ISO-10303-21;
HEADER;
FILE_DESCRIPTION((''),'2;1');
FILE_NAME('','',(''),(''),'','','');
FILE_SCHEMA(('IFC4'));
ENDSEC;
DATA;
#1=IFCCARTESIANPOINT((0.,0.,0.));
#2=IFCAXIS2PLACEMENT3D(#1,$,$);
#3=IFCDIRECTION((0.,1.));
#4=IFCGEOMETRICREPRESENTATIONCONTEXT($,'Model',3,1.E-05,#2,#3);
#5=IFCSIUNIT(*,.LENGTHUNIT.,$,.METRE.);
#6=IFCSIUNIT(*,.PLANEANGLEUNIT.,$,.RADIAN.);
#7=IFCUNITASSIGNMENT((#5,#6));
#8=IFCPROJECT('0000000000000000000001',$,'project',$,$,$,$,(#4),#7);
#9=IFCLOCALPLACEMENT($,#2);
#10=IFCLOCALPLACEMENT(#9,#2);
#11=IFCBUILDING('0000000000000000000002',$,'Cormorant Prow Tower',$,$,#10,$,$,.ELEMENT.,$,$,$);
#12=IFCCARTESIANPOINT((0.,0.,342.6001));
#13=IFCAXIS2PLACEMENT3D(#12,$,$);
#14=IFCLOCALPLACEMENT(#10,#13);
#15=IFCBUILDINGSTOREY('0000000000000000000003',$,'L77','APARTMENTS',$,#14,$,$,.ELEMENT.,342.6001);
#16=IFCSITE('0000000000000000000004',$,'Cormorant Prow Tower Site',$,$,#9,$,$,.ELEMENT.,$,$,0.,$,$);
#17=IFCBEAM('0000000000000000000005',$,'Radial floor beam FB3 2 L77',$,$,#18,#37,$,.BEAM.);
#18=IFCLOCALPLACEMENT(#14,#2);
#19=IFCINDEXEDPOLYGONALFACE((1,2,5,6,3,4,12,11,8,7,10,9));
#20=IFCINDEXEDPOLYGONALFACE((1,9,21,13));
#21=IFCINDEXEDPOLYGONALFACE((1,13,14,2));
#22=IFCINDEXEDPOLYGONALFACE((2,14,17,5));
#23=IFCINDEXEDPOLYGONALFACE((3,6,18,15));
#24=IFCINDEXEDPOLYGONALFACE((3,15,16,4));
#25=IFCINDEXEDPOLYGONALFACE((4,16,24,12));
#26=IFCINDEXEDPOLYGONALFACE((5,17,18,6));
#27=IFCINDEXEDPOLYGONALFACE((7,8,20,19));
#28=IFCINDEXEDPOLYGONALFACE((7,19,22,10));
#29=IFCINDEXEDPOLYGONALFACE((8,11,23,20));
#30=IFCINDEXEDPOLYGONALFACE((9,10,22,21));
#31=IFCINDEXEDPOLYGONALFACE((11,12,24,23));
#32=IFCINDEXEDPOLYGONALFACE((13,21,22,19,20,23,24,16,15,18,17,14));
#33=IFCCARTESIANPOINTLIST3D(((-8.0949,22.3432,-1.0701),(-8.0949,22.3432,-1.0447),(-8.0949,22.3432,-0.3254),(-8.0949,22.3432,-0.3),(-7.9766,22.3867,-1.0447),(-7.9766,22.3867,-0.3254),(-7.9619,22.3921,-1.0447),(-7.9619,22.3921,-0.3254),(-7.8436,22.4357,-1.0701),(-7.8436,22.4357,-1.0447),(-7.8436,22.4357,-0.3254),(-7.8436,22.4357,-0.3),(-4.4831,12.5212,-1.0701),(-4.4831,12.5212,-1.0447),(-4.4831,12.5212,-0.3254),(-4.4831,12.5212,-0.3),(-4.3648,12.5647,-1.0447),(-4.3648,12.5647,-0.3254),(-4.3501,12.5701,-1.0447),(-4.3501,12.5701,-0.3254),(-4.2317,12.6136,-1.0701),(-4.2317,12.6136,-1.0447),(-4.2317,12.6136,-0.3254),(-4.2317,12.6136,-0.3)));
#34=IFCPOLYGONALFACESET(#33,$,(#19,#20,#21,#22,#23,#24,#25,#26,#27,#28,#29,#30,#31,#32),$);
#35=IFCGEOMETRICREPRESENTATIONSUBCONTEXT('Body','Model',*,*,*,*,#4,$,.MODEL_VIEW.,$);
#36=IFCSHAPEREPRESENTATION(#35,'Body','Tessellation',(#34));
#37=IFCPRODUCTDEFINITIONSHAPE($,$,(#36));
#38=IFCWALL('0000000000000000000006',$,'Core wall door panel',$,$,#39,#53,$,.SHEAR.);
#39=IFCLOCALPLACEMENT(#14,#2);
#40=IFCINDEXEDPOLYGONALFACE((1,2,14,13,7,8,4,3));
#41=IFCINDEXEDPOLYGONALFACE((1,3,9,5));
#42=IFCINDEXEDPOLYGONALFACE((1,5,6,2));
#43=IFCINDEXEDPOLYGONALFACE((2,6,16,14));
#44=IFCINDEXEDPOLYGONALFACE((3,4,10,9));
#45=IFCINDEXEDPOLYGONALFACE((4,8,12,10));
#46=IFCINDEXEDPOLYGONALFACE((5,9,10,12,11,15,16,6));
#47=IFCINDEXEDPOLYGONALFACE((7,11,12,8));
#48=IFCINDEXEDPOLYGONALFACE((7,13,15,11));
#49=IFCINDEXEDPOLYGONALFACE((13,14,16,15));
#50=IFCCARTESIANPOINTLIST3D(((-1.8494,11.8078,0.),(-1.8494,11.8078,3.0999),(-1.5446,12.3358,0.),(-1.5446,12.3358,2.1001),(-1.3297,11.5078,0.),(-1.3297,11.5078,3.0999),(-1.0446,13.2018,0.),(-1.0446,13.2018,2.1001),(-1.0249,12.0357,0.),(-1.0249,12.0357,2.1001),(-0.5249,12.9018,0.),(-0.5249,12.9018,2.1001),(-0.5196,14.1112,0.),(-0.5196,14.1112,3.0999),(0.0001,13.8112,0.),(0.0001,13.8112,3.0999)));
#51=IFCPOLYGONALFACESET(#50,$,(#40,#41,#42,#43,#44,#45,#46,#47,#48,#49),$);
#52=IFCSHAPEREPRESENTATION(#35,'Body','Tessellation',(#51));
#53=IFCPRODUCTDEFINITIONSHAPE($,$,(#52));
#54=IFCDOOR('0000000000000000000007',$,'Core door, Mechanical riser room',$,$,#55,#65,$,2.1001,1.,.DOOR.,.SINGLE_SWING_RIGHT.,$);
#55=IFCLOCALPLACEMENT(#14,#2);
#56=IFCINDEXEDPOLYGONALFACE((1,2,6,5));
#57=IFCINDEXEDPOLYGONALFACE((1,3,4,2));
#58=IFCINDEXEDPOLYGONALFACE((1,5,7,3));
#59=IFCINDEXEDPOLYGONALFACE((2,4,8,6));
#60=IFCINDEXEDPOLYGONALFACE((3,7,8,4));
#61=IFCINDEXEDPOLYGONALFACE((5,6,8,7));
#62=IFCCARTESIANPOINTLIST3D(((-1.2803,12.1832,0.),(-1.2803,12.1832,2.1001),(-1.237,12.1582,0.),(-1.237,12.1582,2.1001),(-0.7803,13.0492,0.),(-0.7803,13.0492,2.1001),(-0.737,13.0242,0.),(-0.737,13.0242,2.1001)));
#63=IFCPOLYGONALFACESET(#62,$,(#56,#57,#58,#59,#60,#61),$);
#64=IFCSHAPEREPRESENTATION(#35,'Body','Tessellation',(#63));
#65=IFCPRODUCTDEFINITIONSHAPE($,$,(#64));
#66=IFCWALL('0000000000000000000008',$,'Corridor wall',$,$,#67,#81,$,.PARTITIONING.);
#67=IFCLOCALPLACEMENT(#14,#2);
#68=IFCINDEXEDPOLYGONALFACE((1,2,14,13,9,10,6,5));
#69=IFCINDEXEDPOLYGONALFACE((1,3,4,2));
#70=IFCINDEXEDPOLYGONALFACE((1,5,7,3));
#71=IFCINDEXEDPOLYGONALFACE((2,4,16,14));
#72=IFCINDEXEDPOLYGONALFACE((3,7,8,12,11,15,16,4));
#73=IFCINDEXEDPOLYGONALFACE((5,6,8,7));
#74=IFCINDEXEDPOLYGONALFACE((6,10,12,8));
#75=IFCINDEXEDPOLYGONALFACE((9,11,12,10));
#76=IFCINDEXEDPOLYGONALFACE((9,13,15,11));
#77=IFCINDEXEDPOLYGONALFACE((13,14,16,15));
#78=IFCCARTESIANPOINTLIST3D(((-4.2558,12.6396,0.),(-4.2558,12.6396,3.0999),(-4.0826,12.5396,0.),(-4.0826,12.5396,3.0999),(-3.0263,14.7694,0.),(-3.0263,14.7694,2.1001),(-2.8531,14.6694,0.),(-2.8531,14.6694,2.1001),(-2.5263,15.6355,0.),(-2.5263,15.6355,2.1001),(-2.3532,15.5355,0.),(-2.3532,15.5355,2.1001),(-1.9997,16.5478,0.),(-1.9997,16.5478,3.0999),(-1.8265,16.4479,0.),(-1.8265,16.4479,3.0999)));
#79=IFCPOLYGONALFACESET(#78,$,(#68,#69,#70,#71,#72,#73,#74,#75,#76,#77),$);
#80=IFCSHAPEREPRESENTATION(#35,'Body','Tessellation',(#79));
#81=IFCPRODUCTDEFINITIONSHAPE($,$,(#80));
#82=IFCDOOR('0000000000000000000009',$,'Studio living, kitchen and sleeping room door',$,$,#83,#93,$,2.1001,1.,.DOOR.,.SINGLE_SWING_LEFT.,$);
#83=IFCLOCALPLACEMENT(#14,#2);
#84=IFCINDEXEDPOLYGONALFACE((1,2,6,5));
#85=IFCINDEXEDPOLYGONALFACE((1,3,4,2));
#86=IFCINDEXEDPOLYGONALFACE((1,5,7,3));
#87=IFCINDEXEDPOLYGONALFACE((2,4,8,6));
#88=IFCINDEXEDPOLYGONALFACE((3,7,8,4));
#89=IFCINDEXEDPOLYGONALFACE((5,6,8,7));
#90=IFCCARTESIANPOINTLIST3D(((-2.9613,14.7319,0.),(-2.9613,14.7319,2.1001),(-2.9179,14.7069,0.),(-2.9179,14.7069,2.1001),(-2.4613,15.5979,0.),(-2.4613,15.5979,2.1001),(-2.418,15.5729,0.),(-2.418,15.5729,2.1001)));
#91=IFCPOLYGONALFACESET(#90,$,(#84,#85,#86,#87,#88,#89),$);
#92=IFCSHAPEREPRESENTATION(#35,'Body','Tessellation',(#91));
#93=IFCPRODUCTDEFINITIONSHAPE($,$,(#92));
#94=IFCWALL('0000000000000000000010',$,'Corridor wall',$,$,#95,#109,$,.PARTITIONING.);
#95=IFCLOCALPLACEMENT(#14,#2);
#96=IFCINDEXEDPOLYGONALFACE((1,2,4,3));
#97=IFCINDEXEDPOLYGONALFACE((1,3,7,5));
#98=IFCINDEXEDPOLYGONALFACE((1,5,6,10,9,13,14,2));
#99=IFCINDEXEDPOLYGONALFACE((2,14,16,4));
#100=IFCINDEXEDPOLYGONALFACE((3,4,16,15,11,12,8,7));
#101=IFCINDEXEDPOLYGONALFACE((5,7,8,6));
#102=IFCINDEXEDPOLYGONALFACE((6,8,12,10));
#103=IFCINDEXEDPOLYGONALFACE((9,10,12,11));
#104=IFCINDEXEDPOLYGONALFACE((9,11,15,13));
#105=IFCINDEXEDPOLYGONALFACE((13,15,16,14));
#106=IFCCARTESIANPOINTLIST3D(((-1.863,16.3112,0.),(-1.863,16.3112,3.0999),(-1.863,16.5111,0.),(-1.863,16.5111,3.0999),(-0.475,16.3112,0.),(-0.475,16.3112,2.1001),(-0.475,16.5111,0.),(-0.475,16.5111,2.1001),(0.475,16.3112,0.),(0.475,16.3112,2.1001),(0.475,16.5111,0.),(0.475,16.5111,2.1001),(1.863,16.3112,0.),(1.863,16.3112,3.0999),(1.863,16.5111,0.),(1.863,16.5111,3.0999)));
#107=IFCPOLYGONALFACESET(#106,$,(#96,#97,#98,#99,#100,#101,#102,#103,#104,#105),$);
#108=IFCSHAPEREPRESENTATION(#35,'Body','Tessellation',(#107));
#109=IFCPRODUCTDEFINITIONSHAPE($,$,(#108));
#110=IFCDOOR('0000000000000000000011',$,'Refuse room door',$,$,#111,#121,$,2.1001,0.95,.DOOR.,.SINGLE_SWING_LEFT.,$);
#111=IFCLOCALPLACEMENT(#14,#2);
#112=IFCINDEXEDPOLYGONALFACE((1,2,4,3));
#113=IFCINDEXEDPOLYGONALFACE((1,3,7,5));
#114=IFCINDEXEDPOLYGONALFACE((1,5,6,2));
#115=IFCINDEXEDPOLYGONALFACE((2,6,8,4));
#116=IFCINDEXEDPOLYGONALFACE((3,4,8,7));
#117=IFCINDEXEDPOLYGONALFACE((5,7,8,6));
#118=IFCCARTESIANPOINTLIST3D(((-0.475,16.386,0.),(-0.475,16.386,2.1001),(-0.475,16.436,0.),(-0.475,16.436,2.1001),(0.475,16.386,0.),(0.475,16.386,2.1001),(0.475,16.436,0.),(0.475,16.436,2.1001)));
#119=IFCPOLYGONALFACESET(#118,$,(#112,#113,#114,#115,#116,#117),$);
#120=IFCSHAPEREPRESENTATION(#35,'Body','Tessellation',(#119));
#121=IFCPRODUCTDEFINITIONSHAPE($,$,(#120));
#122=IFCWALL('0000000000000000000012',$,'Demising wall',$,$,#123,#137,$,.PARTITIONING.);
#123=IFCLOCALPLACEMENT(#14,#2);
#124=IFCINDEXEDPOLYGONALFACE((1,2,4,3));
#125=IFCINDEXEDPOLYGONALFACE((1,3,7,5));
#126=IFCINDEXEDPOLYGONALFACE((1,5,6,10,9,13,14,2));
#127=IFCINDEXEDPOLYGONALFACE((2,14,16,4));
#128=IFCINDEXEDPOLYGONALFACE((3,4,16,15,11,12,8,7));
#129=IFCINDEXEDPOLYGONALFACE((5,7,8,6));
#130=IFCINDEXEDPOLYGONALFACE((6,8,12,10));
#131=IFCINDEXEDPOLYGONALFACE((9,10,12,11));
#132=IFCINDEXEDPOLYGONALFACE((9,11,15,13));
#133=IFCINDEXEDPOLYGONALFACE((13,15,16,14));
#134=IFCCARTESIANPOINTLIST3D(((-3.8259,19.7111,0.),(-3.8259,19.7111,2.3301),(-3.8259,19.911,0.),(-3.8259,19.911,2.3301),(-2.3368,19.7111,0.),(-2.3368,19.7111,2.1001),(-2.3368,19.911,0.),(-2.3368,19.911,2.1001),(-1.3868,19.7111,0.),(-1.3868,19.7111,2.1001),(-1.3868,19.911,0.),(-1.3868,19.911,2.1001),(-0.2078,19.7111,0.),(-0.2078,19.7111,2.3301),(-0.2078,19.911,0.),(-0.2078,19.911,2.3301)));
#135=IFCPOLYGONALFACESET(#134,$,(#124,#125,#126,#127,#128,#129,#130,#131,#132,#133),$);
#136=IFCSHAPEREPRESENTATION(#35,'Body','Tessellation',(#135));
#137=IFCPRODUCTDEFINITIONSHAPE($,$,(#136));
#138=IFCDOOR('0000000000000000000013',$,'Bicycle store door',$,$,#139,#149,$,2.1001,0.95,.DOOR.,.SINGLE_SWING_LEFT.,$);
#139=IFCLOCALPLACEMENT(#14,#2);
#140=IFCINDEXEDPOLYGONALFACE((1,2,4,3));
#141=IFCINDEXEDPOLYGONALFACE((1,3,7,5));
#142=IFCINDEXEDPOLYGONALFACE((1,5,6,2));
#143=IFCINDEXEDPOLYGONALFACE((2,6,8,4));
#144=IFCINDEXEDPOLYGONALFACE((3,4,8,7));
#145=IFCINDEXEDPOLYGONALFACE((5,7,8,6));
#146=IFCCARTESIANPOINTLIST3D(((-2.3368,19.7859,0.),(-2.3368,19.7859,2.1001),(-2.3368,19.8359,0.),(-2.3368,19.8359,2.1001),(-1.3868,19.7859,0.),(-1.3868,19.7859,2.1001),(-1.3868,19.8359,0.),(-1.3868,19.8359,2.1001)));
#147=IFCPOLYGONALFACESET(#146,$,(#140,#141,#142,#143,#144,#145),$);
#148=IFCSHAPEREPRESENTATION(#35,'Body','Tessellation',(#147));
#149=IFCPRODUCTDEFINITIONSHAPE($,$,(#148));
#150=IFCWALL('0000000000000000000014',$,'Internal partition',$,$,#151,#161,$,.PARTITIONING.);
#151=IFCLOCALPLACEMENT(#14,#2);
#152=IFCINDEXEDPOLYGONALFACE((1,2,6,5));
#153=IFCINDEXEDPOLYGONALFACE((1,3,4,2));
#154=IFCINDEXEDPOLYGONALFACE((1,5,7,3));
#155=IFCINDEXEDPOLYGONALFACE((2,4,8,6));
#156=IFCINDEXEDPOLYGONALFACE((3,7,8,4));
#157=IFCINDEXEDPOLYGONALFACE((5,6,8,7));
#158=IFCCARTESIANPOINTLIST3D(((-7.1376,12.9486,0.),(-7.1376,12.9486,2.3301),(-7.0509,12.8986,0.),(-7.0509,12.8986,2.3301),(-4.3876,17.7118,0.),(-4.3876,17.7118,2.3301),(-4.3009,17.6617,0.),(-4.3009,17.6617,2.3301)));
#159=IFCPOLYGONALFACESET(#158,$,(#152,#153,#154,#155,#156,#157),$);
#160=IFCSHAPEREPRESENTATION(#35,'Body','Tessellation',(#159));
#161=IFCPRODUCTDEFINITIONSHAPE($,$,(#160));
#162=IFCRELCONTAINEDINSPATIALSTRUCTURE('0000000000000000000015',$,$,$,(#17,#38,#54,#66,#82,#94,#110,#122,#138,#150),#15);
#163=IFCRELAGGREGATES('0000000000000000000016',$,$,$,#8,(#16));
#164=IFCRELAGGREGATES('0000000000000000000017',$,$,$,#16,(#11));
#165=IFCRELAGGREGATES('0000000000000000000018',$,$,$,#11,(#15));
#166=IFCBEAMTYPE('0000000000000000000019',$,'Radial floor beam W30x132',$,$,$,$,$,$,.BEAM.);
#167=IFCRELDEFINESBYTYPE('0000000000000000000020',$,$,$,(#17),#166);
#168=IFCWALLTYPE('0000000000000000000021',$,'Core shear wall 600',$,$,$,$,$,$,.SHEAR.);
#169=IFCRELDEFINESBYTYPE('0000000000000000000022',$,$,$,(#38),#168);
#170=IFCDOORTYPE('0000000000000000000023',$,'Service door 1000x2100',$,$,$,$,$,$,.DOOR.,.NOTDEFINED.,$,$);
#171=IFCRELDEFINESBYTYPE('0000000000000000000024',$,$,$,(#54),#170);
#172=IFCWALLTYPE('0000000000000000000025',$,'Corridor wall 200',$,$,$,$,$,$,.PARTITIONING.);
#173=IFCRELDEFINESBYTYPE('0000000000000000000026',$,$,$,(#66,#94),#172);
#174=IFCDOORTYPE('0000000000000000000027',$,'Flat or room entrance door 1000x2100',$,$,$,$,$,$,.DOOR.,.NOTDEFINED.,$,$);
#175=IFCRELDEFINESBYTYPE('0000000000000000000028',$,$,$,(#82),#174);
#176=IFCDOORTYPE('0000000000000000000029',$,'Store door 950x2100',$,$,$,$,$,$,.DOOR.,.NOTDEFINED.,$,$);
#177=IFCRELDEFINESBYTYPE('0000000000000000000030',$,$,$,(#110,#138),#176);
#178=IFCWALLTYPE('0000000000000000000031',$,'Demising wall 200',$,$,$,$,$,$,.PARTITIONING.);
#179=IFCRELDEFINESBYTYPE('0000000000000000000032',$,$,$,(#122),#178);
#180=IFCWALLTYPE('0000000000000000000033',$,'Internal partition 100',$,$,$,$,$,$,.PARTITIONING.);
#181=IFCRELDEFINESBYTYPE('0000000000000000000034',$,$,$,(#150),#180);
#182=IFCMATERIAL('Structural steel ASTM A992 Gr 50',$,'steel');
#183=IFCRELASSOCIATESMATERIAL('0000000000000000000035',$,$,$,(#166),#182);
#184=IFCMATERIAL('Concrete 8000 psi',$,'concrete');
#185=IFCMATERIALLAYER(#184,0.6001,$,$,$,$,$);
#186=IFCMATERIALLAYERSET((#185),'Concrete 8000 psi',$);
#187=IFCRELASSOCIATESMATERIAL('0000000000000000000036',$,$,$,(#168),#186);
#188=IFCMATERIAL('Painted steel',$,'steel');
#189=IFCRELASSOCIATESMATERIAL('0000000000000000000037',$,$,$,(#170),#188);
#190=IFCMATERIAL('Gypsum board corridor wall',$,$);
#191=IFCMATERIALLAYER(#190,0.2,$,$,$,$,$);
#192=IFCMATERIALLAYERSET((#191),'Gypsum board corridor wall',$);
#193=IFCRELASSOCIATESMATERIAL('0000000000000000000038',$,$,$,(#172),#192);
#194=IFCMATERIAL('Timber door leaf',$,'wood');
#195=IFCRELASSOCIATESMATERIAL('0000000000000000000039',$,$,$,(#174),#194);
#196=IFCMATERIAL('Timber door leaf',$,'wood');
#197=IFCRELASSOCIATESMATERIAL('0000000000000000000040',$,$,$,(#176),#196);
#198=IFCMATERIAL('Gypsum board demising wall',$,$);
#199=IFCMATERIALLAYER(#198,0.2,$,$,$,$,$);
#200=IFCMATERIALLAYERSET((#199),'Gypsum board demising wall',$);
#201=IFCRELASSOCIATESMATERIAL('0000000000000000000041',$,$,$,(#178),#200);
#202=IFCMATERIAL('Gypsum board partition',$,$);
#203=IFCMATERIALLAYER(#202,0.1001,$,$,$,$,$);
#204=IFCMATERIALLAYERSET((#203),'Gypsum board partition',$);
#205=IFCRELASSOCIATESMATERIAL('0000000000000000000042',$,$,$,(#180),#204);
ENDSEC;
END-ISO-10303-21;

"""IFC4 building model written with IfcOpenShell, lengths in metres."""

from ifc_helpers import new_model, si_unit, direction, frame, frame_2d, origin, origin_2d, place, context, subcontext, project, spatial, rectangle, i_section, extrude, material, layer, layer_set, material_profile, profile_set, type_object, element, fill, save


model = new_model("IFC4")

# Units and contexts
model_context = context("Model", 3, precision=1e-05, world=origin(), true_north=direction((0.0, 1.0)))
body_context = subcontext(model_context, "Body", "Model", "MODEL_VIEW")
ifc_project = project(units=[si_unit("LENGTHUNIT", "METRE"), si_unit("PLANEANGLEUNIT", "RADIAN")], contexts=[model_context])

# Site, building, storey
site_placement = place(None, origin())
site = spatial("IfcSite", under=ifc_project, at=site_placement, Name="Cormorant Prow Tower Site", CompositionType="ELEMENT", RefElevation=0.0)
building_placement = place(site_placement, origin())
building = spatial("IfcBuilding", under=site, at=building_placement, Name="Cormorant Prow Tower", CompositionType="ELEMENT")
storey_placement = place(building_placement, frame((0.0, 0.0, 342.6001)))
storey = spatial("IfcBuildingStorey", under=building, at=storey_placement, Name="L77", Description="APARTMENTS", CompositionType="ELEMENT", Elevation=342.6001)

# Beam
ifc_material_1 = material(Name="Structural steel ASTM A992 Gr 50", Category="steel")
ifc_material_profile = material_profile(ifc_material_1, i_section(OverallWidth=0.2678, OverallDepth=0.77, WebThickness=0.0156, FlangeThickness=0.0254, at=origin_2d()), Name="W30x132")
ifc_profile_set = profile_set([ifc_material_profile], Name="Structural steel ASTM A992 Gr 50")
beam_type = type_object("IfcBeamType", Name="Radial floor beam W30x132", PredefinedType="BEAM", material=ifc_profile_set)
beam_placement = place(storey_placement, frame((-4.3574, 12.5674, -0.6851), z_axis=(-0.345131, 0.938554, 0.0), x_axis=(-0.938554, -0.345131, 0.0)))
element("IfcBeam", 1, at=beam_placement, inside=storey, type_object=beam_type, Name="Radial floor beam FB3 2 L77", PredefinedType="BEAM", context=body_context, shape_type="SweptSolid", body=[
    extrude(i_section(OverallWidth=0.2678, OverallDepth=0.77, WebThickness=0.0156, FlangeThickness=0.0254, at=origin_2d()), origin(), (0.0, 0.0, 1.0), 10.4651),
])

# Walls, openings, doors
ifc_material_2 = material(Name="Concrete 8000 psi", Category="concrete")
ifc_layer_1 = layer(ifc_material_2, 0.6001)
ifc_layer_set_1 = layer_set([ifc_layer_1], Name="Concrete 8000 psi")
wall_type_1 = type_object("IfcWallType", Name="Core shear wall 600", PredefinedType="SHEAR", material=ifc_layer_set_1)
wall_1_placement = place(storey_placement, frame((-0.2598, 13.9612, 0.0), z_axis=(0.0, 0.0, 1.0), x_axis=(-0.499979, -0.866037, 0.0)))
wall_1 = element("IfcWall", 2, at=wall_1_placement, inside=storey, type_object=wall_type_1, Name="Core wall door panel", PredefinedType="SHEAR", context=body_context, shape_type="SweptSolid", body=[
    extrude(rectangle(XDim=2.6597, YDim=0.6001, at=frame_2d((1.3298, 0.0))), origin(), (0.0, 0.0, 1.0), 3.0999),
])
opening_1_placement = place(wall_1_placement, frame((1.05, 0.0, 0.0)))
opening_1 = element("IfcOpeningElement", 3, at=opening_1_placement, cuts=wall_1, PredefinedType="OPENING", context=body_context, shape_type="SweptSolid", body=[
    extrude(rectangle(XDim=1.0, YDim=2.1001, at=frame_2d((0.5, 1.05))), frame((0.0, 0.3101, 0.0), z_axis=(0.0, -1.0, 0.0), x_axis=(1.0, 0.0, 0.0)), (0.0, 0.0, 1.0), 0.6201),
])
ifc_material_3 = material(Name="Painted steel", Category="steel")
door_type_1 = type_object("IfcDoorType", Name="Service door 1000x2100", OperationType="NOTDEFINED", PredefinedType="DOOR", material=ifc_material_3)
door_1_placement = place(opening_1_placement, origin())
door_1 = element("IfcDoor", 4, at=door_1_placement, inside=storey, type_object=door_type_1, Name="Core door, Mechanical riser room", OperationType="SINGLE_SWING_RIGHT", OverallHeight=2.1001, OverallWidth=1.0, PredefinedType="DOOR", context=body_context, shape_type="SweptSolid", body=[
    extrude(rectangle(XDim=1.0, YDim=2.1001, at=frame_2d((0.5, 1.05))), frame((0.0, 0.0552, 0.0), z_axis=(0.0, -1.0, 0.0), x_axis=(1.0, 0.0, 0.0)), (0.0, 0.0, 1.0), 0.05),
])
fill(opening_1, door_1)
ifc_material_4 = material(Name="Gypsum board corridor wall")
ifc_layer_2 = layer(ifc_material_4, 0.2)
ifc_layer_set_2 = layer_set([ifc_layer_2], Name="Gypsum board corridor wall")
wall_type_2 = type_object("IfcWallType", Name="Corridor wall 200", PredefinedType="PARTITIONING", material=ifc_layer_set_2)
wall_2_placement = place(storey_placement, frame((-4.1692, 12.5896, 0.0), z_axis=(0.0, 0.0, 1.0), x_axis=(0.49995, 0.866054, 0.0)))
wall_2 = element("IfcWall", 5, at=wall_2_placement, inside=storey, type_object=wall_type_2, Name="Corridor wall", PredefinedType="PARTITIONING", context=body_context, shape_type="SweptSolid", body=[
    extrude(rectangle(XDim=4.5127, YDim=0.2, at=frame_2d((2.2563, 0.0))), origin(), (0.0, 0.0, 1.0), 3.0999),
])
opening_2_placement = place(wall_2_placement, frame((2.4592, 0.0, 0.0)))
opening_2 = element("IfcOpeningElement", 6, at=opening_2_placement, cuts=wall_2, PredefinedType="OPENING", context=body_context, shape_type="SweptSolid", body=[
    extrude(rectangle(XDim=1.0, YDim=2.1001, at=frame_2d((0.5, 1.05))), frame((0.0, 0.1099, 0.0), z_axis=(0.0, -1.0, 0.0), x_axis=(1.0, 0.0, 0.0)), (0.0, 0.0, 1.0), 0.22),
])
ifc_material_5 = material(Name="Timber door leaf", Category="wood")
door_type_2 = type_object("IfcDoorType", Name="Flat or room entrance door 1000x2100", OperationType="NOTDEFINED", PredefinedType="DOOR", material=ifc_material_5)
door_2_placement = place(opening_2_placement, origin())
door_2 = element("IfcDoor", 7, at=door_2_placement, inside=storey, type_object=door_type_2, Name="Studio living, kitchen and sleeping room door", OperationType="SINGLE_SWING_LEFT", OverallHeight=2.1001, OverallWidth=1.0, PredefinedType="DOOR", context=body_context, shape_type="SweptSolid", body=[
    extrude(rectangle(XDim=1.0, YDim=2.1001, at=frame_2d((0.5, 1.05))), frame((0.0, 0.0249, 0.0), z_axis=(0.0, -1.0, 0.0), x_axis=(1.0, 0.0, 0.0)), (0.0, 0.0, 1.0), 0.05),
])
fill(opening_2, door_2)
wall_3_placement = place(storey_placement, frame((-1.863, 16.4111, 0.0), z_axis=(0.0, 0.0, 1.0), x_axis=(1.0, 0.0, 0.0)))
wall_3 = element("IfcWall", 8, at=wall_3_placement, inside=storey, type_object=wall_type_2, Name="Corridor wall", PredefinedType="PARTITIONING", context=body_context, shape_type="SweptSolid", body=[
    extrude(rectangle(XDim=3.7261, YDim=0.2, at=frame_2d((1.863, 0.0))), origin(), (0.0, 0.0, 1.0), 3.0999),
])
opening_3_placement = place(wall_3_placement, frame((1.3879, 0.0, 0.0)))
opening_3 = element("IfcOpeningElement", 9, at=opening_3_placement, cuts=wall_3, PredefinedType="OPENING", context=body_context, shape_type="SweptSolid", body=[
    extrude(rectangle(XDim=0.95, YDim=2.1001, at=frame_2d((0.4751, 1.05))), frame((0.0, 0.1099, 0.0), z_axis=(0.0, -1.0, 0.0), x_axis=(1.0, 0.0, 0.0)), (0.0, 0.0, 1.0), 0.22),
])
ifc_material_6 = material(Name="Timber door leaf", Category="wood")
door_type_3 = type_object("IfcDoorType", Name="Store door 950x2100", OperationType="NOTDEFINED", PredefinedType="DOOR", material=ifc_material_6)
door_3_placement = place(opening_3_placement, origin())
door_3 = element("IfcDoor", 10, at=door_3_placement, inside=storey, type_object=door_type_3, Name="Refuse room door", OperationType="SINGLE_SWING_LEFT", OverallHeight=2.1001, OverallWidth=0.95, PredefinedType="DOOR", context=body_context, shape_type="SweptSolid", body=[
    extrude(rectangle(XDim=0.95, YDim=2.1001, at=frame_2d((0.4751, 1.05))), frame((0.0, 0.0249, 0.0), z_axis=(0.0, -1.0, 0.0), x_axis=(1.0, 0.0, 0.0)), (0.0, 0.0, 1.0), 0.05),
])
fill(opening_3, door_3)
ifc_material_7 = material(Name="Gypsum board demising wall")
ifc_layer_3 = layer(ifc_material_7, 0.2)
ifc_layer_set_3 = layer_set([ifc_layer_3], Name="Gypsum board demising wall")
wall_type_3 = type_object("IfcWallType", Name="Demising wall 200", PredefinedType="PARTITIONING", material=ifc_layer_set_3)
wall_4_placement = place(storey_placement, frame((-3.8259, 19.811, 0.0), z_axis=(0.0, 0.0, 1.0), x_axis=(1.0, 0.0, 0.0)))
wall_4 = element("IfcWall", 11, at=wall_4_placement, inside=storey, type_object=wall_type_3, Name="Demising wall", PredefinedType="PARTITIONING", context=body_context, shape_type="SweptSolid", body=[
    extrude(rectangle(XDim=3.6182, YDim=0.2, at=frame_2d((1.8091, 0.0))), origin(), (0.0, 0.0, 1.0), 2.3301),
])
opening_4_placement = place(wall_4_placement, frame((1.489, 0.0, 0.0)))
opening_4 = element("IfcOpeningElement", 12, at=opening_4_placement, cuts=wall_4, PredefinedType="OPENING", context=body_context, shape_type="SweptSolid", body=[
    extrude(rectangle(XDim=0.95, YDim=2.1001, at=frame_2d((0.4751, 1.05))), frame((0.0, 0.1099, 0.0), z_axis=(0.0, -1.0, 0.0), x_axis=(1.0, 0.0, 0.0)), (0.0, 0.0, 1.0), 0.22),
])
door_4_placement = place(opening_4_placement, origin())
door_4 = element("IfcDoor", 13, at=door_4_placement, inside=storey, type_object=door_type_3, Name="Bicycle store door", OperationType="SINGLE_SWING_LEFT", OverallHeight=2.1001, OverallWidth=0.95, PredefinedType="DOOR", context=body_context, shape_type="SweptSolid", body=[
    extrude(rectangle(XDim=0.95, YDim=2.1001, at=frame_2d((0.4751, 1.05))), frame((0.0, 0.0249, 0.0), z_axis=(0.0, -1.0, 0.0), x_axis=(1.0, 0.0, 0.0)), (0.0, 0.0, 1.0), 0.05),
])
fill(opening_4, door_4)

# Wall
ifc_material_8 = material(Name="Gypsum board partition")
ifc_layer_4 = layer(ifc_material_8, 0.1001)
ifc_layer_set_4 = layer_set([ifc_layer_4], Name="Gypsum board partition")
wall_type_4 = type_object("IfcWallType", Name="Internal partition 100", PredefinedType="PARTITIONING", material=ifc_layer_set_4)
wall_5_placement = place(storey_placement, frame((-7.0942, 12.9236, 0.0), z_axis=(0.0, 0.0, 1.0), x_axis=(0.499997, 0.866027, 0.0)))
element("IfcWall", 14, at=wall_5_placement, inside=storey, type_object=wall_type_4, Name="Internal partition", PredefinedType="PARTITIONING", context=body_context, shape_type="SweptSolid", body=[
    extrude(rectangle(XDim=5.5, YDim=0.1001, at=frame_2d((2.75, 0.0))), origin(), (0.0, 0.0, 1.0), 2.3301),
])

save(model, "model.ifc")
